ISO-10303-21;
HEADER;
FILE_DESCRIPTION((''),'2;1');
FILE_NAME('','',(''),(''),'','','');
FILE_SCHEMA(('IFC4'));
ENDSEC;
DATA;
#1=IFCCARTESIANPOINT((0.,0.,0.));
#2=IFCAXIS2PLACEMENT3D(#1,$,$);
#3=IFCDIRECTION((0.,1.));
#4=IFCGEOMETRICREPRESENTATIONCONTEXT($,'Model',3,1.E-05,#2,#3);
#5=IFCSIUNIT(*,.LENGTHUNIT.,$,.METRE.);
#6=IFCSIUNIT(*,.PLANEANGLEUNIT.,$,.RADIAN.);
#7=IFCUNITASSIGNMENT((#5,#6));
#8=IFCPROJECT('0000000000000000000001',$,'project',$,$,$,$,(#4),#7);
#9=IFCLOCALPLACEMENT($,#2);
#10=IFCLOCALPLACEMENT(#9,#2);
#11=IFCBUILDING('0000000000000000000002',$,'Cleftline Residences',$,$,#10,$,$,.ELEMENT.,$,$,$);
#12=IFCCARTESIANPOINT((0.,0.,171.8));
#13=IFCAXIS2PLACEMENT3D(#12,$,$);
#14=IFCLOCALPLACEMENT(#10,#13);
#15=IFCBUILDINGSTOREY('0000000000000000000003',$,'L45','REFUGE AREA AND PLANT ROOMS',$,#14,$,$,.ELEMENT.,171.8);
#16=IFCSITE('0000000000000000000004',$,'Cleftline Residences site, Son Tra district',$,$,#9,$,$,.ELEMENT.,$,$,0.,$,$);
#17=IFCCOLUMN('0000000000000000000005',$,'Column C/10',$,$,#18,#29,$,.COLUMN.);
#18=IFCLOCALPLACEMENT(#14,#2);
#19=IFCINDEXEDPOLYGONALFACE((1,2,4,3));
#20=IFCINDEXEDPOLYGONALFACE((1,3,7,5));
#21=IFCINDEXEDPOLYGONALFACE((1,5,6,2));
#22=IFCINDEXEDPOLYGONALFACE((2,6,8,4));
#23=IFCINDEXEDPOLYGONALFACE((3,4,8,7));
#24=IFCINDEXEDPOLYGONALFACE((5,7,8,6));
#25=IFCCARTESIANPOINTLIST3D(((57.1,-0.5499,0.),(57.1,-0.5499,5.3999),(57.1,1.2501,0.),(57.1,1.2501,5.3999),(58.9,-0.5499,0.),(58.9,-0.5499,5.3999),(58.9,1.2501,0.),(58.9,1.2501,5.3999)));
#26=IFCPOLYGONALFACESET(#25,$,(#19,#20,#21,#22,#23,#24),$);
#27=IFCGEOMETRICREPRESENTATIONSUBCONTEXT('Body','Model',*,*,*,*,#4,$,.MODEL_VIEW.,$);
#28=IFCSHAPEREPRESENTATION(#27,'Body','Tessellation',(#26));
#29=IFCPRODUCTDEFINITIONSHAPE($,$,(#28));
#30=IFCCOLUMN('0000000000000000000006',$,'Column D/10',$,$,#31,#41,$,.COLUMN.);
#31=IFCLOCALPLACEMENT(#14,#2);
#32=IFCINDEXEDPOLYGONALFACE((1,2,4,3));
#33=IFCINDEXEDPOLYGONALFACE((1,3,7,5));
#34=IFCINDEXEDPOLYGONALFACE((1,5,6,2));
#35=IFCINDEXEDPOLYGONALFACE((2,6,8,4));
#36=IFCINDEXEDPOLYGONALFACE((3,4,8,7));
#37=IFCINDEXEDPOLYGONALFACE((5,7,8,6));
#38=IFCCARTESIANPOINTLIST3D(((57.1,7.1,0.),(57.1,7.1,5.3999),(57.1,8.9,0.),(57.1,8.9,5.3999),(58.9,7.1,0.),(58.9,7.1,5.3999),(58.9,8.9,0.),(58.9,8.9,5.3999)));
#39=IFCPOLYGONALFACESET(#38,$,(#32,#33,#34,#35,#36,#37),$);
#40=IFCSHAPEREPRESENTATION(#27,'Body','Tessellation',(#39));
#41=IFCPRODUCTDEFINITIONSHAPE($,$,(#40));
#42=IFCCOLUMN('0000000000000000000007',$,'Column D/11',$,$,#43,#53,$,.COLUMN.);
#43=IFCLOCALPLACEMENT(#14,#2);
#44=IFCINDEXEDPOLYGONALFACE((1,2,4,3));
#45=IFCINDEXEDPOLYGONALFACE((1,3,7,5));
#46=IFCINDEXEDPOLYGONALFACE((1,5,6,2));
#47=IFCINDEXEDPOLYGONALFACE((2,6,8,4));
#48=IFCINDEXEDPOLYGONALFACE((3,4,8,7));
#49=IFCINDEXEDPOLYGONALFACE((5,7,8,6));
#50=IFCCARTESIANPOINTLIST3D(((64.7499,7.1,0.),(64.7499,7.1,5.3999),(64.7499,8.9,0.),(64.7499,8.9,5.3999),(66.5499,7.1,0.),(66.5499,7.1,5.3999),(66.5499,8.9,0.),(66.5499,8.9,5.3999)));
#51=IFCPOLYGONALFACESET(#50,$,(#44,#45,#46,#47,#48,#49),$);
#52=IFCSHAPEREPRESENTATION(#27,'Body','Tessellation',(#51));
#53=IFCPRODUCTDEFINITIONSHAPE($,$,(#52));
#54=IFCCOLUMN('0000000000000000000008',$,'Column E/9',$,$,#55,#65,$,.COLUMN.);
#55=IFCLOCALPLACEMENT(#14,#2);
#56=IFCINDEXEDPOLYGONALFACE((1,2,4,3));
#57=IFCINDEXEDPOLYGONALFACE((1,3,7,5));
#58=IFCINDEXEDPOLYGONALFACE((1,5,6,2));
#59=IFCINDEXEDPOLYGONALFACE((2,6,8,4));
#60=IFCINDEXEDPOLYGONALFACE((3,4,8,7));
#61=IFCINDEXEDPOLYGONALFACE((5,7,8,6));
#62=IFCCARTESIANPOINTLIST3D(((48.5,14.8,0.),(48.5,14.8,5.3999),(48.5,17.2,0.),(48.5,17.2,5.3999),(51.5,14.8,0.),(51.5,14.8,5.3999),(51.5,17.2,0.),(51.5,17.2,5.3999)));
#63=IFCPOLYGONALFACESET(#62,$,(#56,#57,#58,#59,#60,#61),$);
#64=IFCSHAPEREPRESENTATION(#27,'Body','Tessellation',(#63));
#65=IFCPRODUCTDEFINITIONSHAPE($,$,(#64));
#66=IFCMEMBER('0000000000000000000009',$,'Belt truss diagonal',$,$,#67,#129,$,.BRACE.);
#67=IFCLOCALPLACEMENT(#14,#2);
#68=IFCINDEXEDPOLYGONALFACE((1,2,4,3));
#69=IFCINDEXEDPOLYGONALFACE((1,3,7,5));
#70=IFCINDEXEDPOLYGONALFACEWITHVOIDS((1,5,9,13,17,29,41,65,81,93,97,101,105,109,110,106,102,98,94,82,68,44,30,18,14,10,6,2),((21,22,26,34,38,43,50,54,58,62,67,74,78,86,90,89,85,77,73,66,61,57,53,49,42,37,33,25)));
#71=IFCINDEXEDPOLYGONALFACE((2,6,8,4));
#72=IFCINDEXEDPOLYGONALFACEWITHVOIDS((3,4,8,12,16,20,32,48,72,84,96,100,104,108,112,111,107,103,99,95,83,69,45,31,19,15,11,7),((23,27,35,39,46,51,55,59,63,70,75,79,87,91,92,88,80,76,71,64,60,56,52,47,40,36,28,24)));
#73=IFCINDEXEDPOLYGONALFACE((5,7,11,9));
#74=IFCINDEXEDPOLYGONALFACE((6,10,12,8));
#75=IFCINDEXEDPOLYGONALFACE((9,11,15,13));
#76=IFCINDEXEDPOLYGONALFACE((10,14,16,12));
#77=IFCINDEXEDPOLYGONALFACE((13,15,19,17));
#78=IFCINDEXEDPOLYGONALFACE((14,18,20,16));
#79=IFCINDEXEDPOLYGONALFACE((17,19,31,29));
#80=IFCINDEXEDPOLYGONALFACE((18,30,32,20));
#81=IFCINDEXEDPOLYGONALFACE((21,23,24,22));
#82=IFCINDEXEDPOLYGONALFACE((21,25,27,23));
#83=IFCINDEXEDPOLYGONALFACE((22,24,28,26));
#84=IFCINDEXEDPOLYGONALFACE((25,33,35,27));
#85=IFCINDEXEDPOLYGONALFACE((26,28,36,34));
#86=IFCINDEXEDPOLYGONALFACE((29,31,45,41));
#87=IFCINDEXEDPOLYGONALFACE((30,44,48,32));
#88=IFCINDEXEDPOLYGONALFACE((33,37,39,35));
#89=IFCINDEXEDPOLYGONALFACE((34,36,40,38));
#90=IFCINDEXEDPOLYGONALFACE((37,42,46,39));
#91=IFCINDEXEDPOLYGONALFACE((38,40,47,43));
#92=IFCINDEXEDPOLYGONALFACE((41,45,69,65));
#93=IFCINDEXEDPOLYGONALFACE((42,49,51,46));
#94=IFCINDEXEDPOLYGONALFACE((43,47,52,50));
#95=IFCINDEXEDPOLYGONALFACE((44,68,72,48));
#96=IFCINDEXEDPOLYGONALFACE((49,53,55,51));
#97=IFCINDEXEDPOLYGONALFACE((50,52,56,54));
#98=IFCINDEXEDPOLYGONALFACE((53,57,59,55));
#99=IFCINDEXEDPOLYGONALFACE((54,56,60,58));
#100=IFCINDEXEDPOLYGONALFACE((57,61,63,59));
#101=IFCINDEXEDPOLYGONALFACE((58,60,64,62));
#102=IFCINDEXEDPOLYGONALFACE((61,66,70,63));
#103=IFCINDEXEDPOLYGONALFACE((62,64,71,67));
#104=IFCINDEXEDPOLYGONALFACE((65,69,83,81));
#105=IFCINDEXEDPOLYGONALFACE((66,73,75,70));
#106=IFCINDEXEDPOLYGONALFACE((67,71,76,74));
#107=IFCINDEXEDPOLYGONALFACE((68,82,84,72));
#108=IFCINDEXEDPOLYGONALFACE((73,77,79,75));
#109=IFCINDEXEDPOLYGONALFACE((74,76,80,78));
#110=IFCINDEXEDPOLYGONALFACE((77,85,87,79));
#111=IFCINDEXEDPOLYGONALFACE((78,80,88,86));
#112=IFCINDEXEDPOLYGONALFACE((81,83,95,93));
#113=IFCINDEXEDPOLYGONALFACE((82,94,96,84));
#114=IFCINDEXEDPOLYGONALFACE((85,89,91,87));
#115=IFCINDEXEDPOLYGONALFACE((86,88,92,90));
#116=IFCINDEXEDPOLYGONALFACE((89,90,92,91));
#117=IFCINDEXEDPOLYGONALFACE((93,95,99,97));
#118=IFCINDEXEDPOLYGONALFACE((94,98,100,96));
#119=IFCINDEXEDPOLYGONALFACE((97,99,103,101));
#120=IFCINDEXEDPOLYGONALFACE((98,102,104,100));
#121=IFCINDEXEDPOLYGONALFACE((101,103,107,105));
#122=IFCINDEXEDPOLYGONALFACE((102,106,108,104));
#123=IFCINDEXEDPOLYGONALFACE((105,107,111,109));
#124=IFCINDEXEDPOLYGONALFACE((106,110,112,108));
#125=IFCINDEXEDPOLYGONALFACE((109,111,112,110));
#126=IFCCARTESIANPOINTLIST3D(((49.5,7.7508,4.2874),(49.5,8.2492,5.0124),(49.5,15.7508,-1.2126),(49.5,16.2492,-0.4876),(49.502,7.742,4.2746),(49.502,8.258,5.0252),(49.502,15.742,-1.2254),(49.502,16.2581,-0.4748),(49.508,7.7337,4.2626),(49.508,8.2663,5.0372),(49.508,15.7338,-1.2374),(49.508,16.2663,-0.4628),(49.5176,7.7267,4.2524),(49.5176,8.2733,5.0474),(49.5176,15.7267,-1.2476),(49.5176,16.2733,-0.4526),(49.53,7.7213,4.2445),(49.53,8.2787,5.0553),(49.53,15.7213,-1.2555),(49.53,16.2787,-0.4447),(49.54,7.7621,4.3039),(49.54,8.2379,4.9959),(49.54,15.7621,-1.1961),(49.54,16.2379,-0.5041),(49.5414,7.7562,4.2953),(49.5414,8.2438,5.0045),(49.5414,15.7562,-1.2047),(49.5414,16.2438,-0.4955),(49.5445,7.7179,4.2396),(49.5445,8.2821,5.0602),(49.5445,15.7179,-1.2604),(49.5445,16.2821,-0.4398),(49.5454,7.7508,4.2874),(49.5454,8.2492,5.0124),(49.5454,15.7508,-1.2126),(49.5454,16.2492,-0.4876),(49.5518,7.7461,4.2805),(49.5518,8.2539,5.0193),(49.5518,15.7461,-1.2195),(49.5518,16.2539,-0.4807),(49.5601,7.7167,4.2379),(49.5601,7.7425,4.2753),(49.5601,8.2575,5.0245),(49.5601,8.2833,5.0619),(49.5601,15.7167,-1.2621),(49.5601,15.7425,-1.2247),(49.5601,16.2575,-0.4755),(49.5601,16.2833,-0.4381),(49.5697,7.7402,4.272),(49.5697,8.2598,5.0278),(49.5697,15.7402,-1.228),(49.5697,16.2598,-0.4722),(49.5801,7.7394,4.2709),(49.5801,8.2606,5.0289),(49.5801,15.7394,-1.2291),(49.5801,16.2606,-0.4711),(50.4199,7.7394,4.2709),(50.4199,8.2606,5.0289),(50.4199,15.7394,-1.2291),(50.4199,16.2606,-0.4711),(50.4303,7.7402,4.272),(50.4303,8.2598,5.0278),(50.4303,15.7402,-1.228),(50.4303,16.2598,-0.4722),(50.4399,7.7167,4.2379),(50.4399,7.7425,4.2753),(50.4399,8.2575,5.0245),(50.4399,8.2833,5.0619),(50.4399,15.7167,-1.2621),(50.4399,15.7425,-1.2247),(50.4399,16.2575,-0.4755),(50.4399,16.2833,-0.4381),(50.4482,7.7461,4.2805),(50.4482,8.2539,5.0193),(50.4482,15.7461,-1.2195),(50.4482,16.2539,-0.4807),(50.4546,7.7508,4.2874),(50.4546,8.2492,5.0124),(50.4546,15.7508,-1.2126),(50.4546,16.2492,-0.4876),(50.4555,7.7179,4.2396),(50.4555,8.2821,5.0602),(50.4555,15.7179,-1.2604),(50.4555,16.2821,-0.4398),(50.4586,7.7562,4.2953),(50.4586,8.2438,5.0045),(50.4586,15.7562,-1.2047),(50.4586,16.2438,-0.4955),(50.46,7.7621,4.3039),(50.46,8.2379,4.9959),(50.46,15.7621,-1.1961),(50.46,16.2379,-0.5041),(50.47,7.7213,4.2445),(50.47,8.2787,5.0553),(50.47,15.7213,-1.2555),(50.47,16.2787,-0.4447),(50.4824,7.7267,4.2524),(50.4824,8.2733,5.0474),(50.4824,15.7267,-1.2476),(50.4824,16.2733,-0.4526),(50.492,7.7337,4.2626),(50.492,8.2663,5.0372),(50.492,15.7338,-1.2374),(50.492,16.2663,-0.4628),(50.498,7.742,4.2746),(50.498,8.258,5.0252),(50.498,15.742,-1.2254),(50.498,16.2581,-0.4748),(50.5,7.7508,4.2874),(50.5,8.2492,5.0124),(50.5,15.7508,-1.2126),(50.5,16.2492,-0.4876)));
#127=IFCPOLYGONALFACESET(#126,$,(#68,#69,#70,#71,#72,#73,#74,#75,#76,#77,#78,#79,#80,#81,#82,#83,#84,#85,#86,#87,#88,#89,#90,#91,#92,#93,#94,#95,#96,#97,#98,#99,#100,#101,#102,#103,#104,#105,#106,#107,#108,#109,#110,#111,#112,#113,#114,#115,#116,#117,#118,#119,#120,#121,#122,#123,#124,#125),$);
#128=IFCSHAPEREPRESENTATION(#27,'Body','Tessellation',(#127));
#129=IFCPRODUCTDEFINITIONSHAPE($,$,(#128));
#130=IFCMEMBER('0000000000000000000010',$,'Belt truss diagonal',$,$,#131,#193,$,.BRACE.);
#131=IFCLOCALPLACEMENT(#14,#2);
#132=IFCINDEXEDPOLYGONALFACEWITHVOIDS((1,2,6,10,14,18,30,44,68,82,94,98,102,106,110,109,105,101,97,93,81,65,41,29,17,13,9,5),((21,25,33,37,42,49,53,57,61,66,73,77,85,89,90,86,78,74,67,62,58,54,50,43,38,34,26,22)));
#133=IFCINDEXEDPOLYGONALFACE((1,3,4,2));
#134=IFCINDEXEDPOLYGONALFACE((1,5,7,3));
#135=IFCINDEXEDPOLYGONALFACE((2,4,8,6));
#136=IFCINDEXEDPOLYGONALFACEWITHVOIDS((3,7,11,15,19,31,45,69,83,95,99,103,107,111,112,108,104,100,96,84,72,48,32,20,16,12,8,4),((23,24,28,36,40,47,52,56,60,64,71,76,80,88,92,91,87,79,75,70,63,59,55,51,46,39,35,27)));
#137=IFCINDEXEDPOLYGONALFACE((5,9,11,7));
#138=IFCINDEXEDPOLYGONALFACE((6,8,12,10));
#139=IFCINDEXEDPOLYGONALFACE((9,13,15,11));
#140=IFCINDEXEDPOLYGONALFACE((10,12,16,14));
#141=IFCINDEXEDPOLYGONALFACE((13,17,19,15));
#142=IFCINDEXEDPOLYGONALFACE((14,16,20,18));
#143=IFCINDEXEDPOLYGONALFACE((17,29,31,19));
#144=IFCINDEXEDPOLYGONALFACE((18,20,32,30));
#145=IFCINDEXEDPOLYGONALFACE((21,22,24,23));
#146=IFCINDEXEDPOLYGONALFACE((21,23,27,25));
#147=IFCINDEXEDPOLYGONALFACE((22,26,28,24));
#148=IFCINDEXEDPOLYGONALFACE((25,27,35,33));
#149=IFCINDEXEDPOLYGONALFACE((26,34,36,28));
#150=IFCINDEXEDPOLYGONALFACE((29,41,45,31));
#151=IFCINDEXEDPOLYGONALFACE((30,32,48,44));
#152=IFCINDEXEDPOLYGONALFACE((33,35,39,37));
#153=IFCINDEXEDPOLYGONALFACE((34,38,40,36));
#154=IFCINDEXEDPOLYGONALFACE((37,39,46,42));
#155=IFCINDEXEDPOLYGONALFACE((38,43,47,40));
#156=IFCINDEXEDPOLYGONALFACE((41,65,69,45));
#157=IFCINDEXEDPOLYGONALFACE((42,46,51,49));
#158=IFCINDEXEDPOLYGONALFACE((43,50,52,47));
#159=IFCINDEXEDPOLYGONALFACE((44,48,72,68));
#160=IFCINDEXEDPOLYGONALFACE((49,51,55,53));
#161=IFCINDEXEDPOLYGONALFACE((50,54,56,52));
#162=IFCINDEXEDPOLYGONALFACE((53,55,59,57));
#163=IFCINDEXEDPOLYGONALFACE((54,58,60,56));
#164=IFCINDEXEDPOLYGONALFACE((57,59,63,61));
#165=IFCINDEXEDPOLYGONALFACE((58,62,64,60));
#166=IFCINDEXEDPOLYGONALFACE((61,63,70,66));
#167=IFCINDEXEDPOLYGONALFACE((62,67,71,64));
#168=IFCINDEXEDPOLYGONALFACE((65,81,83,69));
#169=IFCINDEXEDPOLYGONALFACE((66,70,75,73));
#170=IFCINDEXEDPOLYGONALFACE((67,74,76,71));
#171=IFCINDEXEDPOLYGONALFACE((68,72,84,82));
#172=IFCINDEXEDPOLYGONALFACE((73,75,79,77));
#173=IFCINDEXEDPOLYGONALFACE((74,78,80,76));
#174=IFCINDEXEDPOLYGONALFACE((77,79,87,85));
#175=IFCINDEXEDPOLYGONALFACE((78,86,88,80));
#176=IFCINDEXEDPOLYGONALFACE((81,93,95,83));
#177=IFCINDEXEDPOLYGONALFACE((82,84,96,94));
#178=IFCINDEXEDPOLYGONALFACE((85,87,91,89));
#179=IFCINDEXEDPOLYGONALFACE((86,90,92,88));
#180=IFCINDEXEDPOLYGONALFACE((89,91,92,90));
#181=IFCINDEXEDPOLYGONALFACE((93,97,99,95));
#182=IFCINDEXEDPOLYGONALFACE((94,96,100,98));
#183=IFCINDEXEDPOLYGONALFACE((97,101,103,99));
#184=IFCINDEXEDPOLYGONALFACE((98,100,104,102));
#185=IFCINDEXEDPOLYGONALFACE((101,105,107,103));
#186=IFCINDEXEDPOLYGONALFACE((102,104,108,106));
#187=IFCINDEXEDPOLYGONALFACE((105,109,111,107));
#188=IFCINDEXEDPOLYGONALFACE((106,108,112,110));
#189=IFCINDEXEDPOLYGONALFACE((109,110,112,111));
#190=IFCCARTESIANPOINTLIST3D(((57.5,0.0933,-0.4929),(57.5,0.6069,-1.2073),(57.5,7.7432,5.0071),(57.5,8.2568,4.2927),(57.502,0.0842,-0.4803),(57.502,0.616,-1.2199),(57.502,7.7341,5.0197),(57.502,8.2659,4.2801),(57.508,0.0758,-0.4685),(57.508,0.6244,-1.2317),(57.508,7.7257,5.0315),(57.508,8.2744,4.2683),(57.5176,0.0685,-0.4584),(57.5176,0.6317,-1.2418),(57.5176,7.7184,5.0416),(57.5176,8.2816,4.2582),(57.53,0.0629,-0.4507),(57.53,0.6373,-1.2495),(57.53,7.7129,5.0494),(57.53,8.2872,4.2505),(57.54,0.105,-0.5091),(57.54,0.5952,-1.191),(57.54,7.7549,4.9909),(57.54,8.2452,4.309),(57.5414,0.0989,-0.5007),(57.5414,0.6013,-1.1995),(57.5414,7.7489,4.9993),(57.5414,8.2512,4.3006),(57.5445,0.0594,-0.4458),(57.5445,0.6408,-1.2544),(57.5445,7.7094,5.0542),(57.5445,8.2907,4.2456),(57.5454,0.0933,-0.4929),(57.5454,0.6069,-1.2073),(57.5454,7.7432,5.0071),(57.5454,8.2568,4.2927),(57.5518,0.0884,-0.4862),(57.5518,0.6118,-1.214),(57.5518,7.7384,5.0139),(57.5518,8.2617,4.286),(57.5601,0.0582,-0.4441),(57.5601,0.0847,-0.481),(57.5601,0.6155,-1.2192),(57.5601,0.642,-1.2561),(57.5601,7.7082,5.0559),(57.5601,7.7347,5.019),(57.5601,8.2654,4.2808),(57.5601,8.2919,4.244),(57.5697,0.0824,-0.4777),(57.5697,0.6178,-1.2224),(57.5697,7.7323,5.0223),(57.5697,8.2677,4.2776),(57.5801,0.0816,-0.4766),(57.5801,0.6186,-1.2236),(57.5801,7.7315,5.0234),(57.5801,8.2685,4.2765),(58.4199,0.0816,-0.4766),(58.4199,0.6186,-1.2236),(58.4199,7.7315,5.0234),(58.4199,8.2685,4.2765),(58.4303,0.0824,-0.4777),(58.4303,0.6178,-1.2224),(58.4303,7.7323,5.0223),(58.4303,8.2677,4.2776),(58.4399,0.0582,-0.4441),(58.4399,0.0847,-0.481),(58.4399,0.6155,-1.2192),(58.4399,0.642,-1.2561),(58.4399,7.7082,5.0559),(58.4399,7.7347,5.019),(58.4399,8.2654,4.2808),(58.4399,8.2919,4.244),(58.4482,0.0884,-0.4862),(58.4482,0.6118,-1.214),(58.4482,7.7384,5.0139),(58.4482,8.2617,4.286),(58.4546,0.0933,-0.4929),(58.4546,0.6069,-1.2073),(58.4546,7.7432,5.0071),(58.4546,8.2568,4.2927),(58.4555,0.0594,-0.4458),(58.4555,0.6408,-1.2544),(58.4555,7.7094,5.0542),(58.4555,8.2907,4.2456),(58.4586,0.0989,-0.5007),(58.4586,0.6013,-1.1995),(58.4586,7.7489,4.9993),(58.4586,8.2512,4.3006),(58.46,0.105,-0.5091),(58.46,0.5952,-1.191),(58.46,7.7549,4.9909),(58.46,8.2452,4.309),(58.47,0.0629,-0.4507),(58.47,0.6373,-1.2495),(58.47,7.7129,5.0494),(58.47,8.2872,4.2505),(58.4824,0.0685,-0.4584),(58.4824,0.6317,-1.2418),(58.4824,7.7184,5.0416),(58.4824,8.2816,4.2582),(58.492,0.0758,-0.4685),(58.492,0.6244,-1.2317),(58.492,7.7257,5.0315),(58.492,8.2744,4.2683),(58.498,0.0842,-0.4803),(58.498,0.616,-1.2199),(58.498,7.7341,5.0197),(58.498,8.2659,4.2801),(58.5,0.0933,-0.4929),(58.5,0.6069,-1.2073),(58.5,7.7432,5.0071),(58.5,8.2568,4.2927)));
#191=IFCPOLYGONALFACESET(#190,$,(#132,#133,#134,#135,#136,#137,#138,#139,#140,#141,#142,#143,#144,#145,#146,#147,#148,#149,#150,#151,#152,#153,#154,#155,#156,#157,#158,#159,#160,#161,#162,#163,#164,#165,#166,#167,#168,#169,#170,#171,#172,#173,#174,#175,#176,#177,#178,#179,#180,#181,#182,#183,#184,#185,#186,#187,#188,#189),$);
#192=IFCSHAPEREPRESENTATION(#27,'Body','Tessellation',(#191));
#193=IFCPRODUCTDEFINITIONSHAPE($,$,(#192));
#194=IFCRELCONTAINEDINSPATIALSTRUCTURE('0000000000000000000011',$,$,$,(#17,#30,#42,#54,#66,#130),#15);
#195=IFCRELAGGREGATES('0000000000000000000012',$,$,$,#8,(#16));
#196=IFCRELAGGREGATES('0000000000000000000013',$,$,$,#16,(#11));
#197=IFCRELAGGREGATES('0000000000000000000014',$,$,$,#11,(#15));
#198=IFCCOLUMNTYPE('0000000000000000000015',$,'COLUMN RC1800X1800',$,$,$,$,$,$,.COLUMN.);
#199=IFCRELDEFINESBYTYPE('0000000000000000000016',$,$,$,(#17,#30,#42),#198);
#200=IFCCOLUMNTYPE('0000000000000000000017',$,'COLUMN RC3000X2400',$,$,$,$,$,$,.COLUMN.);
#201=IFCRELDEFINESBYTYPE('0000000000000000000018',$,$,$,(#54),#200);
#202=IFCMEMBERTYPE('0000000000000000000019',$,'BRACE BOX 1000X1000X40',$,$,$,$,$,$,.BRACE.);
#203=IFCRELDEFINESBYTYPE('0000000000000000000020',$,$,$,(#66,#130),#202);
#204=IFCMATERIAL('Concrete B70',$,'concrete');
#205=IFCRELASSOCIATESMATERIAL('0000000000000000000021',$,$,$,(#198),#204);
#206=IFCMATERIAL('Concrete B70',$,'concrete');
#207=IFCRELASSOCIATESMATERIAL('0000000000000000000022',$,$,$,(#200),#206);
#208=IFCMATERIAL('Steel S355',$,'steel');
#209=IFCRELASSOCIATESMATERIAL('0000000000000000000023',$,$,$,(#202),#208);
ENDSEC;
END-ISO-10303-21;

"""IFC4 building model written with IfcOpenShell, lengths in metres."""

from ifc_helpers import new_model, si_unit, direction, frame, origin, origin_2d, place, context, subcontext, project, spatial, rectangle, hollow_rectangle, extrude, material, material_profile, profile_set, type_object, element, save


model = new_model("IFC4")

# Units and contexts
model_context = context("Model", 3, precision=1e-05, world=origin(), true_north=direction((0.0, 1.0)))
body_context = subcontext(model_context, "Body", "Model", "MODEL_VIEW")
ifc_project = project(units=[si_unit("LENGTHUNIT", "METRE"), si_unit("PLANEANGLEUNIT", "RADIAN")], contexts=[model_context])

# Site, building, storey
site_placement = place(None, origin())
site = spatial("IfcSite", under=ifc_project, at=site_placement, Name="Cleftline Residences site, Son Tra district", CompositionType="ELEMENT", RefElevation=0.0)
building_placement = place(site_placement, origin())
building = spatial("IfcBuilding", under=site, at=building_placement, Name="Cleftline Residences", CompositionType="ELEMENT")
storey_placement = place(building_placement, frame((0.0, 0.0, 171.8)))
storey = spatial("IfcBuildingStorey", under=building, at=storey_placement, Name="L45", Description="REFUGE AREA AND PLANT ROOMS", CompositionType="ELEMENT", Elevation=171.8)

# Columns
ifc_material_1 = material(Name="Concrete B70", Category="concrete")
ifc_material_profile_1 = material_profile(ifc_material_1, rectangle(XDim=1.8, YDim=1.8, at=origin_2d()))
ifc_profile_set_1 = profile_set([ifc_material_profile_1], Name="Concrete B70")
column_type_1 = type_object("IfcColumnType", Name="COLUMN RC1800X1800", PredefinedType="COLUMN", material=ifc_profile_set_1)
for number, where, z_axis, x_axis, name in (
    (1, (58.0, 0.3501, 0.0), (0.0, 0.0, 1.0), (1.0, 0.0, 0.0), "Column C/10"),
    (2, (58.0, 8.0, 0.0), (0.0, 0.0, 1.0), (1.0, 0.0, 0.0), "Column D/10"),
    (3, (65.6499, 8.0, 0.0), (0.0, 0.0, 1.0), (1.0, 0.0, 0.0), "Column D/11"),
):
    element("IfcColumn", number, at=place(storey_placement, frame(where, z_axis=z_axis, x_axis=x_axis)), inside=storey, type_object=column_type_1, Name=name, PredefinedType="COLUMN", context=body_context, shape_type="SweptSolid", body=[
        extrude(rectangle(XDim=1.8, YDim=1.8, at=origin_2d()), origin(), (0.0, 0.0, 1.0), 5.3999),
    ])
ifc_material_2 = material(Name="Concrete B70", Category="concrete")
ifc_material_profile_2 = material_profile(ifc_material_2, rectangle(XDim=3.0, YDim=2.3999, at=origin_2d()))
ifc_profile_set_2 = profile_set([ifc_material_profile_2], Name="Concrete B70")
column_type_2 = type_object("IfcColumnType", Name="COLUMN RC3000X2400", PredefinedType="COLUMN", material=ifc_profile_set_2)
column_placement = place(storey_placement, frame((50.0, 16.0, 0.0), z_axis=(0.0, 0.0, 1.0), x_axis=(1.0, 0.0, 0.0)))
element("IfcColumn", 4, at=column_placement, inside=storey, type_object=column_type_2, Name="Column E/9", PredefinedType="COLUMN", context=body_context, shape_type="SweptSolid", body=[
    extrude(rectangle(XDim=3.0, YDim=2.3999, at=origin_2d()), origin(), (0.0, 0.0, 1.0), 5.3999),
])

# Members
ifc_material_3 = material(Name="Steel S355", Category="steel")
ifc_material_profile_3 = material_profile(ifc_material_3, hollow_rectangle(XDim=1.0, YDim=1.0, WallThickness=0.04, InnerFilletRadius=0.04, OuterFilletRadius=0.0601, at=origin_2d()))
ifc_profile_set_3 = profile_set([ifc_material_profile_3], Name="Steel S355")
member_type_1 = type_object("IfcMemberType", Name="BRACE BOX 1000X1000X40", PredefinedType="BRACE", material=ifc_profile_set_3)
member_1_placement = place(storey_placement, frame((50.0, 8.0, 4.6499), z_axis=(0.0, 0.824042, -0.566529), x_axis=(0.0, 0.566529, 0.824042)))
element("IfcMember", 5, at=member_1_placement, inside=storey, type_object=member_type_1, Name="Belt truss diagonal", PredefinedType="BRACE", context=body_context, shape_type="SweptSolid", body=[
    extrude(hollow_rectangle(XDim=1.0, YDim=1.0, WallThickness=0.04, InnerFilletRadius=0.04, OuterFilletRadius=0.0601, at=origin_2d()), origin(), (0.0, 0.0, 1.0), 9.7083),
])
member_2_placement = place(storey_placement, frame((58.0, 0.3501, -0.8501), z_axis=(0.0, 0.811933, 0.58375), x_axis=(0.0, -0.58375, 0.811933)))
element("IfcMember", 6, at=member_2_placement, inside=storey, type_object=member_type_1, Name="Belt truss diagonal", PredefinedType="BRACE", context=body_context, shape_type="SweptSolid", body=[
    extrude(hollow_rectangle(XDim=1.0, YDim=1.0, WallThickness=0.04, InnerFilletRadius=0.04, OuterFilletRadius=0.0601, at=origin_2d()), origin(), (0.0, 0.0, 1.0), 9.4219),
])

save(model, "model.ifc")
